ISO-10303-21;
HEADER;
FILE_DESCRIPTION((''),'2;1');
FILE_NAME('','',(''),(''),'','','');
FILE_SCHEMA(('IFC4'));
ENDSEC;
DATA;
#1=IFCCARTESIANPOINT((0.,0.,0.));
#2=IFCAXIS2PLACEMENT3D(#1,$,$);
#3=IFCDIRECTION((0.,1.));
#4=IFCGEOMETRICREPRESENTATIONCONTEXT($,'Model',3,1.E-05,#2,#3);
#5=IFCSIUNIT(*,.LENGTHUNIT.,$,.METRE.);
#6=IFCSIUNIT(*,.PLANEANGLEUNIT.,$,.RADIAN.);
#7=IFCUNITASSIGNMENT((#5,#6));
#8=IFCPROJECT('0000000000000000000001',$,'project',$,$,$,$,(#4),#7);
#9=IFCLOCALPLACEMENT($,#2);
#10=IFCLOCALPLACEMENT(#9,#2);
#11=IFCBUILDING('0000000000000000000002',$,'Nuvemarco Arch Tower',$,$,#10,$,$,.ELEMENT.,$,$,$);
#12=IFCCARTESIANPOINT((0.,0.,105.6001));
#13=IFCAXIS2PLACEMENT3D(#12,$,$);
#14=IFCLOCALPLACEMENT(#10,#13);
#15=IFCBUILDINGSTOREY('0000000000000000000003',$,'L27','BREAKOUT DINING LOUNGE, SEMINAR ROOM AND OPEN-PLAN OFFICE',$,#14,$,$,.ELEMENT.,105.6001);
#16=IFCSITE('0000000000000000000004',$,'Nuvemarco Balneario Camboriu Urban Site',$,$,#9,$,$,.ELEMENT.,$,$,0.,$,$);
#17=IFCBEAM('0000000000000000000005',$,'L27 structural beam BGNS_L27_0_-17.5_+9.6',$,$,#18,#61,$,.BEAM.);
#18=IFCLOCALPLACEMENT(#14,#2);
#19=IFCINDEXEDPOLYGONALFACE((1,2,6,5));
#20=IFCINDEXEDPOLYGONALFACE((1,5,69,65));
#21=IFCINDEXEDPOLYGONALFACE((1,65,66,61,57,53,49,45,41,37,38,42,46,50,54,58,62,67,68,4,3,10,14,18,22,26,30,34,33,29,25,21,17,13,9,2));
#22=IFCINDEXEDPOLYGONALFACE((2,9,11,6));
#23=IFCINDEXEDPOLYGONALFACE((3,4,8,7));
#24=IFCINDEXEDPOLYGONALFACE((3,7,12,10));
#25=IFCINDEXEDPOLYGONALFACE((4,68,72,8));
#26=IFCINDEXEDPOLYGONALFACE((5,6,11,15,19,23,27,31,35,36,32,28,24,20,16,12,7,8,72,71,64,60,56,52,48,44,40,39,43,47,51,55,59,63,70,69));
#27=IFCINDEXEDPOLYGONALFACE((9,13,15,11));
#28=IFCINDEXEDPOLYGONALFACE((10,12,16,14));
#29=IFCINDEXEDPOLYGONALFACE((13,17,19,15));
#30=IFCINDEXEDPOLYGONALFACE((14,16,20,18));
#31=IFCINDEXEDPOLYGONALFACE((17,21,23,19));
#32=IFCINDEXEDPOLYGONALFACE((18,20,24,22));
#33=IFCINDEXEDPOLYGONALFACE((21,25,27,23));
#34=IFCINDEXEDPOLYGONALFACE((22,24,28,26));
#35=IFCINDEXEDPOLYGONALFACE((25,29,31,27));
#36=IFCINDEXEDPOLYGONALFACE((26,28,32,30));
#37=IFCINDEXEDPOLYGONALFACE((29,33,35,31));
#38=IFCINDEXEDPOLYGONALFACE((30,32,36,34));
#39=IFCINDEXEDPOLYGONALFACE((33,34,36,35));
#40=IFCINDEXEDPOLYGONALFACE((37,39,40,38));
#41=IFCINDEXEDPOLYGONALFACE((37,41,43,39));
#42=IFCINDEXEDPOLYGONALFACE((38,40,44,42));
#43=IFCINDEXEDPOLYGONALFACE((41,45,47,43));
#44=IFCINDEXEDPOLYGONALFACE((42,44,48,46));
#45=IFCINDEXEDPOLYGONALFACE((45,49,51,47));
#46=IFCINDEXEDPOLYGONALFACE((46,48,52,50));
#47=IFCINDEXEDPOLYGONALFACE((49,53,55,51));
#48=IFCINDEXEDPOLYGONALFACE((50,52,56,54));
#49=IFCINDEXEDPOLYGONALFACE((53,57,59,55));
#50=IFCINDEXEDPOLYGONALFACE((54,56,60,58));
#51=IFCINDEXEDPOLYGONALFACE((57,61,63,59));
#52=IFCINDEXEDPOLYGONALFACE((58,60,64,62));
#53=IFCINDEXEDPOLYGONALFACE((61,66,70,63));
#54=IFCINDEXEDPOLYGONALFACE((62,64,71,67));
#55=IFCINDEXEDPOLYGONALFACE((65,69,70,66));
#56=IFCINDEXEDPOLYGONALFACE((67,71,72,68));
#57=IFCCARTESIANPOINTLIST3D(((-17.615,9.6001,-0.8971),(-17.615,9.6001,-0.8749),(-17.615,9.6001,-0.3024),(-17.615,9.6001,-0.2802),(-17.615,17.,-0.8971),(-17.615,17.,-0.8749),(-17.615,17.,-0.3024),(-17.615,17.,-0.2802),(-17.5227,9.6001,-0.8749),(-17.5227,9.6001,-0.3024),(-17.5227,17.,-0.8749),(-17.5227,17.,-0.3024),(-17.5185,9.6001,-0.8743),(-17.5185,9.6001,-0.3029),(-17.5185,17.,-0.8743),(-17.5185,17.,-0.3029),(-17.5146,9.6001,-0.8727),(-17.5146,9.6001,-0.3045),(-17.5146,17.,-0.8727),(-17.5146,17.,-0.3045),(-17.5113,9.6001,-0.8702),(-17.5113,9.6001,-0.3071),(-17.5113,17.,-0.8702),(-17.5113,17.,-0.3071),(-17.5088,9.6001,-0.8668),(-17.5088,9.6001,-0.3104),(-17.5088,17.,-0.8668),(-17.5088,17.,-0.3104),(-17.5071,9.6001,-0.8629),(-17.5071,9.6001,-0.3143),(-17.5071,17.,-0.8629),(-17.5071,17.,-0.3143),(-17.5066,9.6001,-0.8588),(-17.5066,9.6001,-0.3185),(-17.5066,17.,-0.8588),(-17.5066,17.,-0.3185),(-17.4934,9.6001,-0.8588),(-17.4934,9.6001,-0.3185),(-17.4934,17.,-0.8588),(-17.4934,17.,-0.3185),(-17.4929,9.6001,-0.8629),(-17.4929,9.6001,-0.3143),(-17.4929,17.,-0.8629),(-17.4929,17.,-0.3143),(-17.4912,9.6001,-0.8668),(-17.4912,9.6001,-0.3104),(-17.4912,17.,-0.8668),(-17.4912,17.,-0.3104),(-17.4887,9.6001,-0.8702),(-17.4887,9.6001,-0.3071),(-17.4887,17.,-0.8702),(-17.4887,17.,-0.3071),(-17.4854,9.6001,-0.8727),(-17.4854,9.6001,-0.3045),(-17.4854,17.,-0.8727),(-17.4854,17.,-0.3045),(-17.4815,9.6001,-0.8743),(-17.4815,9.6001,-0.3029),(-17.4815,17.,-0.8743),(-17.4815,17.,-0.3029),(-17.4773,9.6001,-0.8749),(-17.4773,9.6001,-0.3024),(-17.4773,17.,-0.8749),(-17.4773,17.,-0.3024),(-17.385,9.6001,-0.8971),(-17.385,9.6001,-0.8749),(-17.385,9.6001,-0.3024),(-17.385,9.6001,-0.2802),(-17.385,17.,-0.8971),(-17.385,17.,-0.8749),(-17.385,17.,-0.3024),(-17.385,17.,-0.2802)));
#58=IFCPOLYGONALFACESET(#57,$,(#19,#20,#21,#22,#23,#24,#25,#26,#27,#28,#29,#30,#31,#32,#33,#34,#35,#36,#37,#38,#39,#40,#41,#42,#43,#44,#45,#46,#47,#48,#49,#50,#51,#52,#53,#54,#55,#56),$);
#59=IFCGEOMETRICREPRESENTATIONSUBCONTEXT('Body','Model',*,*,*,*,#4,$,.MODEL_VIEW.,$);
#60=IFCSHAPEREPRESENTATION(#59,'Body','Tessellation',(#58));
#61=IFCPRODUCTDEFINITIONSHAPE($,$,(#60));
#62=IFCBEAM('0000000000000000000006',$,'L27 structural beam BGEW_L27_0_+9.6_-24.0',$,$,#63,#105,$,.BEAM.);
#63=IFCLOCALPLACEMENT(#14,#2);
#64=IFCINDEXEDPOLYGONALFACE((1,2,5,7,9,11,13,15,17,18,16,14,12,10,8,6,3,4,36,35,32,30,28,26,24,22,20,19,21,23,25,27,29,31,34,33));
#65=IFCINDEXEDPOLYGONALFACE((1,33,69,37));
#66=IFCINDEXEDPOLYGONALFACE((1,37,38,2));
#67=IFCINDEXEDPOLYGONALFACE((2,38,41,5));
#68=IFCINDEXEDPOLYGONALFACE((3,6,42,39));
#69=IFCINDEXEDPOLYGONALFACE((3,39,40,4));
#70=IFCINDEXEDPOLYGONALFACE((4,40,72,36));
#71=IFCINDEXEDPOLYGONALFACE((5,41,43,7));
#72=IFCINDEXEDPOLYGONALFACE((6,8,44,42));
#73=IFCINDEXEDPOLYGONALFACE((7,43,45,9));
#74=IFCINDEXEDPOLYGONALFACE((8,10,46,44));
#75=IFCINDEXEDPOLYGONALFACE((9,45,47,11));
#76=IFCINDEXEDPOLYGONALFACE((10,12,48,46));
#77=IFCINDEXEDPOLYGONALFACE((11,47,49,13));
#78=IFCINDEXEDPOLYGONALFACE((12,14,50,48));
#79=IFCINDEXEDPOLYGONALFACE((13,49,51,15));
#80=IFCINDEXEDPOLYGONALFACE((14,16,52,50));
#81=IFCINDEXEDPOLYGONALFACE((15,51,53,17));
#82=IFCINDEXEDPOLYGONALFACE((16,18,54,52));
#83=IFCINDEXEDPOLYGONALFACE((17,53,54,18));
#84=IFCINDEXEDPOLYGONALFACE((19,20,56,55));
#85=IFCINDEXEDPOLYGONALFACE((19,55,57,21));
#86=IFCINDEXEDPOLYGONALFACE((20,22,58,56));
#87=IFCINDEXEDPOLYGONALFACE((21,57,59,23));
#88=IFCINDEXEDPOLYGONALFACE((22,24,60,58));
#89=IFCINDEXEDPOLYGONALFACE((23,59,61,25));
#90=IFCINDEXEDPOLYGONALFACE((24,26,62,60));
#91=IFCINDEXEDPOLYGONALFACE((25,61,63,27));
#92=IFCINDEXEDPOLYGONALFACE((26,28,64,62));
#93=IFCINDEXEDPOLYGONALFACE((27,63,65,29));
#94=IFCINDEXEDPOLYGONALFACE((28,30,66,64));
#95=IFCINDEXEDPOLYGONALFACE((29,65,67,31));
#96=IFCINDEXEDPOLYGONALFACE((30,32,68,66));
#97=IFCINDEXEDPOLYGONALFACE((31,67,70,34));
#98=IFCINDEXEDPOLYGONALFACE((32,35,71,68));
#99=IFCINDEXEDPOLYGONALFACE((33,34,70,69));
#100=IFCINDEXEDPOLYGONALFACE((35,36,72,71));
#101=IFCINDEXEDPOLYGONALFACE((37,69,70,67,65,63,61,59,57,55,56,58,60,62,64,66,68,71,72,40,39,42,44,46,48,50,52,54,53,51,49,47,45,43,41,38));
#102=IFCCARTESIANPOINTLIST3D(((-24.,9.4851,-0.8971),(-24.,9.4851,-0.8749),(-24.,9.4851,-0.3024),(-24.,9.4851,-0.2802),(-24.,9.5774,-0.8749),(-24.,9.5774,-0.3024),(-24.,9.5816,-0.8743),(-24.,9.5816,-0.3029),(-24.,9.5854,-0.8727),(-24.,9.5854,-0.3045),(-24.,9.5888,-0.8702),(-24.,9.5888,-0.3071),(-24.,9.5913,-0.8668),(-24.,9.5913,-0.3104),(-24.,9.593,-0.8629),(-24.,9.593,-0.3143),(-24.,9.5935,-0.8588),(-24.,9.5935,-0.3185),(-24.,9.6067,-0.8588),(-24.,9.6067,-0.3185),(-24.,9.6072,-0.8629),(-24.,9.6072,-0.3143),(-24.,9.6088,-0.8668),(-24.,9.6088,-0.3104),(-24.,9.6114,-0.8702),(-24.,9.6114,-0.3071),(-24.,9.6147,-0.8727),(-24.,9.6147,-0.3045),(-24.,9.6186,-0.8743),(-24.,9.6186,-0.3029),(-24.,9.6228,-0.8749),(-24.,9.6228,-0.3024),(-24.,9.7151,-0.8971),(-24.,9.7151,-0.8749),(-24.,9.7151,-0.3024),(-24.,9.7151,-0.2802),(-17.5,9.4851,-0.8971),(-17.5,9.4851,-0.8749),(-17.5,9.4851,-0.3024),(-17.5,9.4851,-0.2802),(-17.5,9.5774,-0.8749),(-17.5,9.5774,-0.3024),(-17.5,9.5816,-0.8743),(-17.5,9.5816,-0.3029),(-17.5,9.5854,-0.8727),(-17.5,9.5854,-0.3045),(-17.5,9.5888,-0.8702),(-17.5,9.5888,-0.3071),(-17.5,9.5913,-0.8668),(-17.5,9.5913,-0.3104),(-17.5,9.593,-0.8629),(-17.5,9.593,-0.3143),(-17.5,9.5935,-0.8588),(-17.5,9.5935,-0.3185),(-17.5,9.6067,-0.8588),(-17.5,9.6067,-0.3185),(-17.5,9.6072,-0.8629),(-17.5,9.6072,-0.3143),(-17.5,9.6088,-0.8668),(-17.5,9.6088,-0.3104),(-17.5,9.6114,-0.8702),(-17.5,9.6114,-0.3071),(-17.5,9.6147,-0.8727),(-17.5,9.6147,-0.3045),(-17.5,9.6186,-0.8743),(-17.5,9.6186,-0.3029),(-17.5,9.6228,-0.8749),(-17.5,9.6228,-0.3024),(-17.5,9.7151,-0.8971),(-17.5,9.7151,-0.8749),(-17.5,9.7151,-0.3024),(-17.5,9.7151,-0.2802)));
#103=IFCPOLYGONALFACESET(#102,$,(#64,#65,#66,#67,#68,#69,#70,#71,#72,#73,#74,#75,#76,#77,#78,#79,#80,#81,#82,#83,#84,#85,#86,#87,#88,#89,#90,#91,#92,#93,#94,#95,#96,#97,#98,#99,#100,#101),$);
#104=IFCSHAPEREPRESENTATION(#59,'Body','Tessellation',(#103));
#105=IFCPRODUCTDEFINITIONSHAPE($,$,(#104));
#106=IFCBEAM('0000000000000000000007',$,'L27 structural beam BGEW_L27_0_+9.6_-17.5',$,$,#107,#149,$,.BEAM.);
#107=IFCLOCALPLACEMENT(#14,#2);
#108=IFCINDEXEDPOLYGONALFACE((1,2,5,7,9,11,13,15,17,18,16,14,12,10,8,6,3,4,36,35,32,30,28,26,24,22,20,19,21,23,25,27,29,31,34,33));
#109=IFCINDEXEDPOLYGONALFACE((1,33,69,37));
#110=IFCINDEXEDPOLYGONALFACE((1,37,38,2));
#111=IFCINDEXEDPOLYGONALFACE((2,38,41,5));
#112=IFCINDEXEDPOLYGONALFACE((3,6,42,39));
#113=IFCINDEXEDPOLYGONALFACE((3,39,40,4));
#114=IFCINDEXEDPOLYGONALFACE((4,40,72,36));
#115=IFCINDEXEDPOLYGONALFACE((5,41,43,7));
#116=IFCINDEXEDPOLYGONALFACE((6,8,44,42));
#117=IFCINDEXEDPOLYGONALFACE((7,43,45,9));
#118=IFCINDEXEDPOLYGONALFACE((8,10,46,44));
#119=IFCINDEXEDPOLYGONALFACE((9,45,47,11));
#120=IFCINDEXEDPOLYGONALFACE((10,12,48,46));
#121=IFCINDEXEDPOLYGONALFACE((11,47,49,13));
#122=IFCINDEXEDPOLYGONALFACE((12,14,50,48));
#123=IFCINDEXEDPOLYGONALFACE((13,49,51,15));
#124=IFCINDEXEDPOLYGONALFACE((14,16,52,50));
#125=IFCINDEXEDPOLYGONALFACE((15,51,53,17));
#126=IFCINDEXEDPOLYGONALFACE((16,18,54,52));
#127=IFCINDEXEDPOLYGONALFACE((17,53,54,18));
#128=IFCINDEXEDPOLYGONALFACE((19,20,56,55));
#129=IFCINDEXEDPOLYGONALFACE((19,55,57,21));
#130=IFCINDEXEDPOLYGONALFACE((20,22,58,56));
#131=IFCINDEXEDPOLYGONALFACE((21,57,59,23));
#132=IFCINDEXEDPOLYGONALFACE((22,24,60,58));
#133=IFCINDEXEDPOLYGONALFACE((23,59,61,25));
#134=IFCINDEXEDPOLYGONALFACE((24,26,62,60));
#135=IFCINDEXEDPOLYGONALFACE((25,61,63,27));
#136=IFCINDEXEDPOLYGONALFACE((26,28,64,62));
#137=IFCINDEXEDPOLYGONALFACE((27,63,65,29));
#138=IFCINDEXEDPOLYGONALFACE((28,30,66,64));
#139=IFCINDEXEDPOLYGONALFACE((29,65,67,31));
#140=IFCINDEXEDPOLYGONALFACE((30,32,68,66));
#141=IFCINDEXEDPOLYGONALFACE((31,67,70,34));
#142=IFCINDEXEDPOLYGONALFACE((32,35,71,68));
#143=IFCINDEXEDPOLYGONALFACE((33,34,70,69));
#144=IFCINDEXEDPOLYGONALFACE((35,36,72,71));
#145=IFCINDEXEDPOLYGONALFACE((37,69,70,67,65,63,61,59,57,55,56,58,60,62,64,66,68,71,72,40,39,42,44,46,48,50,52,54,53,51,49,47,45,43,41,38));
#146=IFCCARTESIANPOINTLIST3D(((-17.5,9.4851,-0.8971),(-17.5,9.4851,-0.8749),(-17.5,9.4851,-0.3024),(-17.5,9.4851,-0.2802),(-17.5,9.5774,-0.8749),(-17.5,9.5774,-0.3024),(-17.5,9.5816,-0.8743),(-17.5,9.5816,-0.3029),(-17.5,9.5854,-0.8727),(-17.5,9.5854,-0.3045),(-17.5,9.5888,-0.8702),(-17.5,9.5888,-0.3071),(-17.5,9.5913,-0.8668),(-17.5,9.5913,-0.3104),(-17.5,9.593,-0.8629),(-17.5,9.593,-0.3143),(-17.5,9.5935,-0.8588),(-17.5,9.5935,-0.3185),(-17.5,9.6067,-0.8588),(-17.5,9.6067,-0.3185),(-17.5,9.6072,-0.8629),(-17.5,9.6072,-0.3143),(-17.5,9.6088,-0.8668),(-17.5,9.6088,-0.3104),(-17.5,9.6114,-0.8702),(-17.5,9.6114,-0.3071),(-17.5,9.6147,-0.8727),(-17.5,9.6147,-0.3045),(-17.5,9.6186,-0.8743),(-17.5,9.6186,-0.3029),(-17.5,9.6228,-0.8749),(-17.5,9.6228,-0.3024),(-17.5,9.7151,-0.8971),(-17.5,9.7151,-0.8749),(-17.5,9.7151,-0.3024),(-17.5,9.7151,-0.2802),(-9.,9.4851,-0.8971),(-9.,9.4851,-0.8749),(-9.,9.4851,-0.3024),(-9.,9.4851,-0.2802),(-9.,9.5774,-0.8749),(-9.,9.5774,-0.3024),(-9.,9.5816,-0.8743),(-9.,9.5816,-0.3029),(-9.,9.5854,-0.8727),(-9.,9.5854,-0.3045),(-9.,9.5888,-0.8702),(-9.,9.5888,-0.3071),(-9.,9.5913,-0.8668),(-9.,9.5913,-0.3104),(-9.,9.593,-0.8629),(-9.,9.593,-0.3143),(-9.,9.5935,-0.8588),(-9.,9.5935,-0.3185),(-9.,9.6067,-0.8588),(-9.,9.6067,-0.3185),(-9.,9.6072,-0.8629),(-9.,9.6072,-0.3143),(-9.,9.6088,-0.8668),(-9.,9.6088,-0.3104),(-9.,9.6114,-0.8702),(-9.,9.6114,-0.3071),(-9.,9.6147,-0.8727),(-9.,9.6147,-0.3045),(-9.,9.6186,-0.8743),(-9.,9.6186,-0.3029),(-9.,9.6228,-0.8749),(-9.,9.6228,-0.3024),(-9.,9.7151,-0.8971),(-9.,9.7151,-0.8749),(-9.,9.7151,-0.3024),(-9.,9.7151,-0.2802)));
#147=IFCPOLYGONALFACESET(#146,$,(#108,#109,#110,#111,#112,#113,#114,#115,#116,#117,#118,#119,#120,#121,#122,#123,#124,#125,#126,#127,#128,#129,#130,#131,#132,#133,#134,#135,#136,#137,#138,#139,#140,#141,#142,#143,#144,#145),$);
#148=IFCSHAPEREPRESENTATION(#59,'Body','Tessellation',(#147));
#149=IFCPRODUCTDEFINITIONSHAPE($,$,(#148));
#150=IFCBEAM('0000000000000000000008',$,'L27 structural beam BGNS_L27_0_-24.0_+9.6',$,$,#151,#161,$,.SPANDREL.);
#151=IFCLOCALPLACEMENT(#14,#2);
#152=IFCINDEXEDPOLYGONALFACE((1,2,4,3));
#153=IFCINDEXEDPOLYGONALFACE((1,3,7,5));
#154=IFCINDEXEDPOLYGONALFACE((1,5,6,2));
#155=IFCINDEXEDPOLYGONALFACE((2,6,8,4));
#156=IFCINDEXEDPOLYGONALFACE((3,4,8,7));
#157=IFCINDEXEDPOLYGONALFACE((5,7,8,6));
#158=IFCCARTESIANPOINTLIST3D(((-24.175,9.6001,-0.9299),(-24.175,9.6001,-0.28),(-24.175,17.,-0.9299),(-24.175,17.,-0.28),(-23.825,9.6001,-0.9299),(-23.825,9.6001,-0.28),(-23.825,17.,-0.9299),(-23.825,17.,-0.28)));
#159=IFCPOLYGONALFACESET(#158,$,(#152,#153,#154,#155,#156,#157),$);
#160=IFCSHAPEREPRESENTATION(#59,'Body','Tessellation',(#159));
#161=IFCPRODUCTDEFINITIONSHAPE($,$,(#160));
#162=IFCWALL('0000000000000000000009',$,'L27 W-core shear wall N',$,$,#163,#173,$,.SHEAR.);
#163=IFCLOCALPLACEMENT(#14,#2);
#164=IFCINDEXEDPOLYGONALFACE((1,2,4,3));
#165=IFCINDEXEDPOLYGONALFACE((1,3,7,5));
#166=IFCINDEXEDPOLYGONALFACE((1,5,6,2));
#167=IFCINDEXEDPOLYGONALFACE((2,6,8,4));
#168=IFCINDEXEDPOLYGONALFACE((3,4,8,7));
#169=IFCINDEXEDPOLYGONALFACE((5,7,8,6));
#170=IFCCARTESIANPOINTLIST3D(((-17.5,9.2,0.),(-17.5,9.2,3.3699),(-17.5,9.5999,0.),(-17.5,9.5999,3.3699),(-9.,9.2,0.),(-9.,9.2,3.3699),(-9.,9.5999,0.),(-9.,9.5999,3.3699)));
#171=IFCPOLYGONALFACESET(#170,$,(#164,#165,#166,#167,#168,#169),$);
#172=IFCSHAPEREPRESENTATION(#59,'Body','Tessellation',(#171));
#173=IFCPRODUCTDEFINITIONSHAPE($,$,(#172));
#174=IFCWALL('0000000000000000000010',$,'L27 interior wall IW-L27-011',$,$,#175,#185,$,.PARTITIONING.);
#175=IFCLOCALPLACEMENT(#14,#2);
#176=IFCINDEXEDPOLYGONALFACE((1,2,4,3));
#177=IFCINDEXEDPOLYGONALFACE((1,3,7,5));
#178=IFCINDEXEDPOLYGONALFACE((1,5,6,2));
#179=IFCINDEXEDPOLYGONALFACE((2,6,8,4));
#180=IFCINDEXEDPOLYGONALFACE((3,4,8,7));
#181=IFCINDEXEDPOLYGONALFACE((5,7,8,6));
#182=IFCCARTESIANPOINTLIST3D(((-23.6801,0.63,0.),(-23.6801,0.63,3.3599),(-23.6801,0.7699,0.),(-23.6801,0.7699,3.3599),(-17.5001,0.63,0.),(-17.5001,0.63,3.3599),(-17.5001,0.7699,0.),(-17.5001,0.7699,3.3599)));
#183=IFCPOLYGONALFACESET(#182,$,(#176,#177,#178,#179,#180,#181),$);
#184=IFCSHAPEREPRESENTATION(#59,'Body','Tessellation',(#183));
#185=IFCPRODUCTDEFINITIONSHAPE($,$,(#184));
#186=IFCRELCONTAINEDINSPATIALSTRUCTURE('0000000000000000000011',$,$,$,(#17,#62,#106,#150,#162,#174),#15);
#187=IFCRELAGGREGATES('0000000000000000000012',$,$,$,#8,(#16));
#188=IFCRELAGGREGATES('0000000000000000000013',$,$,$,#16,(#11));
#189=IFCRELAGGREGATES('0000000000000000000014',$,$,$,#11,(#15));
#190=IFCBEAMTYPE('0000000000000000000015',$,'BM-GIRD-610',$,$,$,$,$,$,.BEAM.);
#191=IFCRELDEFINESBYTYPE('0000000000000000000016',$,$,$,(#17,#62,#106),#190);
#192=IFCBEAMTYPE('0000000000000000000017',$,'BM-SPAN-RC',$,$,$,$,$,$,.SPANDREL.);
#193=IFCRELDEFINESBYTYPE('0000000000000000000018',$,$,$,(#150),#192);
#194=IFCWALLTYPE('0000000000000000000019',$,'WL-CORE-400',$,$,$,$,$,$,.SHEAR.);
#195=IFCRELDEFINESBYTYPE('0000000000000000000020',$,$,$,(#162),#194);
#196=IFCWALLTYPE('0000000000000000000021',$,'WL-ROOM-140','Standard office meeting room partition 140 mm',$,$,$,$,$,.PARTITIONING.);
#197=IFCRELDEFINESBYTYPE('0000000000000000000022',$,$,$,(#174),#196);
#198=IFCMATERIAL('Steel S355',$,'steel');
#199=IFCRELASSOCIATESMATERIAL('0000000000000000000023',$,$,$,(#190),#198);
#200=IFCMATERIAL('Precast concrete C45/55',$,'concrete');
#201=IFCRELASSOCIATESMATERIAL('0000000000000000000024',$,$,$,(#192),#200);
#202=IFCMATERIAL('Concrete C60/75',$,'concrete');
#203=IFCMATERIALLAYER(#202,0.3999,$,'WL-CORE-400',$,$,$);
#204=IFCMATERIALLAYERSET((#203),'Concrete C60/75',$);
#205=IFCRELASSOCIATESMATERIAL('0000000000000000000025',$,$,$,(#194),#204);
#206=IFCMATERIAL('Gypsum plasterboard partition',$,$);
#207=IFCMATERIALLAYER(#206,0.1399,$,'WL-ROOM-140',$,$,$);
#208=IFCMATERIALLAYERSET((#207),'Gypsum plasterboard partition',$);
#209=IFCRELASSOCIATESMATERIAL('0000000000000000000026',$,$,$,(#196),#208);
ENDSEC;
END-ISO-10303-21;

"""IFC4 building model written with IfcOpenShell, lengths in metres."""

from ifc_helpers import new_model, si_unit, direction, frame, frame_2d, origin, origin_2d, place, context, subcontext, project, spatial, rectangle, i_section, extrude, material, layer, layer_set, material_profile, profile_set, type_object, element, save


model = new_model("IFC4")

# Units and contexts
model_context = context("Model", 3, precision=1e-05, world=origin(), true_north=direction((0.0, 1.0)))
body_context = subcontext(model_context, "Body", "Model", "MODEL_VIEW")
ifc_project = project(units=[si_unit("LENGTHUNIT", "METRE"), si_unit("PLANEANGLEUNIT", "RADIAN")], contexts=[model_context])

# Site, building, storey
site_placement = place(None, origin())
site = spatial("IfcSite", under=ifc_project, at=site_placement, Name="Nuvemarco Balneario Camboriu Urban Site", CompositionType="ELEMENT", RefElevation=0.0)
building_placement = place(site_placement, origin())
building = spatial("IfcBuilding", under=site, at=building_placement, Name="Nuvemarco Arch Tower", CompositionType="ELEMENT")
storey_placement = place(building_placement, frame((0.0, 0.0, 105.6001)))
storey = spatial("IfcBuildingStorey", under=building, at=storey_placement, Name="L27", Description="BREAKOUT DINING LOUNGE, SEMINAR ROOM AND OPEN-PLAN OFFICE", CompositionType="ELEMENT", Elevation=105.6001)

# Shared definitions
ifc_material_1 = material(Name="Concrete C60/75", Category="concrete")
ifc_material_2 = material(Name="Steel S355", Category="steel")

# Beams
ifc_material_profile_1 = material_profile(ifc_material_2, i_section(OverallWidth=0.23, OverallDepth=0.6169, WebThickness=0.0132, FlangeThickness=0.0222, FilletRadius=0.0161, at=origin_2d()), Name="W610x140")
ifc_profile_set_1 = profile_set([ifc_material_profile_1], Name="Steel S355")
beam_type_1 = type_object("IfcBeamType", Name="BM-GIRD-610", PredefinedType="BEAM", material=ifc_profile_set_1)
beam_1_placement = place(storey_placement, frame((-17.5, 9.6001, -0.5886), z_axis=(0.0, 1.0, 0.0), x_axis=(-1.0, 0.0, 0.0)))
element("IfcBeam", 1, at=beam_1_placement, inside=storey, type_object=beam_type_1, Name="L27 structural beam BGNS_L27_0_-17.5_+9.6", PredefinedType="BEAM", context=body_context, shape_type="SweptSolid", body=[
    extrude(i_section(OverallWidth=0.23, OverallDepth=0.6169, WebThickness=0.0132, FlangeThickness=0.0222, FilletRadius=0.0161, at=origin_2d()), origin(), (0.0, 0.0, 1.0), 7.3999),
])
beam_2_placement = place(storey_placement, frame((-24.0, 9.6001, -0.5886), z_axis=(1.0, 0.0, 0.0), x_axis=(0.0, 1.0, 0.0)))
element("IfcBeam", 2, at=beam_2_placement, inside=storey, type_object=beam_type_1, Name="L27 structural beam BGEW_L27_0_+9.6_-24.0", PredefinedType="BEAM", context=body_context, shape_type="SweptSolid", body=[
    extrude(i_section(OverallWidth=0.23, OverallDepth=0.6169, WebThickness=0.0132, FlangeThickness=0.0222, FilletRadius=0.0161, at=origin_2d()), origin(), (0.0, 0.0, 1.0), 6.5),
])
beam_3_placement = place(storey_placement, frame((-17.5, 9.6001, -0.5886), z_axis=(1.0, 0.0, 0.0), x_axis=(0.0, 1.0, 0.0)))
element("IfcBeam", 3, at=beam_3_placement, inside=storey, type_object=beam_type_1, Name="L27 structural beam BGEW_L27_0_+9.6_-17.5", PredefinedType="BEAM", context=body_context, shape_type="SweptSolid", body=[
    extrude(i_section(OverallWidth=0.23, OverallDepth=0.6169, WebThickness=0.0132, FlangeThickness=0.0222, FilletRadius=0.0161, at=origin_2d()), origin(), (0.0, 0.0, 1.0), 8.5),
])
ifc_material_3 = material(Name="Precast concrete C45/55", Category="concrete")
ifc_material_profile_2 = material_profile(ifc_material_3, rectangle(XDim=0.3501, YDim=0.6499, at=origin_2d()), Name="PC-SP-350x650")
ifc_profile_set_2 = profile_set([ifc_material_profile_2], Name="Precast concrete C45/55")
beam_type_2 = type_object("IfcBeamType", Name="BM-SPAN-RC", PredefinedType="SPANDREL", material=ifc_profile_set_2)
beam_4_placement = place(storey_placement, frame((-24.0, 9.6001, -0.605), z_axis=(0.0, 1.0, 0.0), x_axis=(-1.0, 0.0, 0.0)))
element("IfcBeam", 4, at=beam_4_placement, inside=storey, type_object=beam_type_2, Name="L27 structural beam BGNS_L27_0_-24.0_+9.6", PredefinedType="SPANDREL", context=body_context, shape_type="SweptSolid", body=[
    extrude(rectangle(XDim=0.3501, YDim=0.6499, at=origin_2d()), origin(), (0.0, 0.0, 1.0), 7.3999),
])

# Walls
ifc_layer_1 = layer(ifc_material_1, 0.3999, Name="WL-CORE-400")
ifc_layer_set_1 = layer_set([ifc_layer_1], Name="Concrete C60/75")
wall_type_1 = type_object("IfcWallType", Name="WL-CORE-400", PredefinedType="SHEAR", material=ifc_layer_set_1)
wall_1_placement = place(storey_placement, frame((-17.5, 9.3999, 0.0), z_axis=(0.0, 0.0, 1.0), x_axis=(1.0, 0.0, 0.0)))
element("IfcWall", 5, at=wall_1_placement, inside=storey, type_object=wall_type_1, Name="L27 W-core shear wall N", PredefinedType="SHEAR", context=body_context, shape_type="SweptSolid", body=[
    extrude(rectangle(XDim=8.5, YDim=0.3999, at=frame_2d((4.25, 0.0))), origin(), (0.0, 0.0, 1.0), 3.3699),
])
ifc_material_4 = material(Name="Gypsum plasterboard partition")
ifc_layer_2 = layer(ifc_material_4, 0.1399, Name="WL-ROOM-140")
ifc_layer_set_2 = layer_set([ifc_layer_2], Name="Gypsum plasterboard partition")
wall_type_2 = type_object("IfcWallType", Name="WL-ROOM-140", Description="Standard office meeting room partition 140 mm", PredefinedType="PARTITIONING", material=ifc_layer_set_2)
wall_2_placement = place(storey_placement, frame((-23.6799, 0.7, 0.0), z_axis=(0.0, 0.0, 1.0), x_axis=(1.0, 0.0, 0.0)))
element("IfcWall", 6, at=wall_2_placement, inside=storey, type_object=wall_type_2, Name="L27 interior wall IW-L27-011", PredefinedType="PARTITIONING", context=body_context, shape_type="SweptSolid", body=[
    extrude(rectangle(XDim=6.1799, YDim=0.1399, at=frame_2d((3.0898, 0.0))), origin(), (0.0, 0.0, 1.0), 3.3599),
])

save(model, "model.ifc")
